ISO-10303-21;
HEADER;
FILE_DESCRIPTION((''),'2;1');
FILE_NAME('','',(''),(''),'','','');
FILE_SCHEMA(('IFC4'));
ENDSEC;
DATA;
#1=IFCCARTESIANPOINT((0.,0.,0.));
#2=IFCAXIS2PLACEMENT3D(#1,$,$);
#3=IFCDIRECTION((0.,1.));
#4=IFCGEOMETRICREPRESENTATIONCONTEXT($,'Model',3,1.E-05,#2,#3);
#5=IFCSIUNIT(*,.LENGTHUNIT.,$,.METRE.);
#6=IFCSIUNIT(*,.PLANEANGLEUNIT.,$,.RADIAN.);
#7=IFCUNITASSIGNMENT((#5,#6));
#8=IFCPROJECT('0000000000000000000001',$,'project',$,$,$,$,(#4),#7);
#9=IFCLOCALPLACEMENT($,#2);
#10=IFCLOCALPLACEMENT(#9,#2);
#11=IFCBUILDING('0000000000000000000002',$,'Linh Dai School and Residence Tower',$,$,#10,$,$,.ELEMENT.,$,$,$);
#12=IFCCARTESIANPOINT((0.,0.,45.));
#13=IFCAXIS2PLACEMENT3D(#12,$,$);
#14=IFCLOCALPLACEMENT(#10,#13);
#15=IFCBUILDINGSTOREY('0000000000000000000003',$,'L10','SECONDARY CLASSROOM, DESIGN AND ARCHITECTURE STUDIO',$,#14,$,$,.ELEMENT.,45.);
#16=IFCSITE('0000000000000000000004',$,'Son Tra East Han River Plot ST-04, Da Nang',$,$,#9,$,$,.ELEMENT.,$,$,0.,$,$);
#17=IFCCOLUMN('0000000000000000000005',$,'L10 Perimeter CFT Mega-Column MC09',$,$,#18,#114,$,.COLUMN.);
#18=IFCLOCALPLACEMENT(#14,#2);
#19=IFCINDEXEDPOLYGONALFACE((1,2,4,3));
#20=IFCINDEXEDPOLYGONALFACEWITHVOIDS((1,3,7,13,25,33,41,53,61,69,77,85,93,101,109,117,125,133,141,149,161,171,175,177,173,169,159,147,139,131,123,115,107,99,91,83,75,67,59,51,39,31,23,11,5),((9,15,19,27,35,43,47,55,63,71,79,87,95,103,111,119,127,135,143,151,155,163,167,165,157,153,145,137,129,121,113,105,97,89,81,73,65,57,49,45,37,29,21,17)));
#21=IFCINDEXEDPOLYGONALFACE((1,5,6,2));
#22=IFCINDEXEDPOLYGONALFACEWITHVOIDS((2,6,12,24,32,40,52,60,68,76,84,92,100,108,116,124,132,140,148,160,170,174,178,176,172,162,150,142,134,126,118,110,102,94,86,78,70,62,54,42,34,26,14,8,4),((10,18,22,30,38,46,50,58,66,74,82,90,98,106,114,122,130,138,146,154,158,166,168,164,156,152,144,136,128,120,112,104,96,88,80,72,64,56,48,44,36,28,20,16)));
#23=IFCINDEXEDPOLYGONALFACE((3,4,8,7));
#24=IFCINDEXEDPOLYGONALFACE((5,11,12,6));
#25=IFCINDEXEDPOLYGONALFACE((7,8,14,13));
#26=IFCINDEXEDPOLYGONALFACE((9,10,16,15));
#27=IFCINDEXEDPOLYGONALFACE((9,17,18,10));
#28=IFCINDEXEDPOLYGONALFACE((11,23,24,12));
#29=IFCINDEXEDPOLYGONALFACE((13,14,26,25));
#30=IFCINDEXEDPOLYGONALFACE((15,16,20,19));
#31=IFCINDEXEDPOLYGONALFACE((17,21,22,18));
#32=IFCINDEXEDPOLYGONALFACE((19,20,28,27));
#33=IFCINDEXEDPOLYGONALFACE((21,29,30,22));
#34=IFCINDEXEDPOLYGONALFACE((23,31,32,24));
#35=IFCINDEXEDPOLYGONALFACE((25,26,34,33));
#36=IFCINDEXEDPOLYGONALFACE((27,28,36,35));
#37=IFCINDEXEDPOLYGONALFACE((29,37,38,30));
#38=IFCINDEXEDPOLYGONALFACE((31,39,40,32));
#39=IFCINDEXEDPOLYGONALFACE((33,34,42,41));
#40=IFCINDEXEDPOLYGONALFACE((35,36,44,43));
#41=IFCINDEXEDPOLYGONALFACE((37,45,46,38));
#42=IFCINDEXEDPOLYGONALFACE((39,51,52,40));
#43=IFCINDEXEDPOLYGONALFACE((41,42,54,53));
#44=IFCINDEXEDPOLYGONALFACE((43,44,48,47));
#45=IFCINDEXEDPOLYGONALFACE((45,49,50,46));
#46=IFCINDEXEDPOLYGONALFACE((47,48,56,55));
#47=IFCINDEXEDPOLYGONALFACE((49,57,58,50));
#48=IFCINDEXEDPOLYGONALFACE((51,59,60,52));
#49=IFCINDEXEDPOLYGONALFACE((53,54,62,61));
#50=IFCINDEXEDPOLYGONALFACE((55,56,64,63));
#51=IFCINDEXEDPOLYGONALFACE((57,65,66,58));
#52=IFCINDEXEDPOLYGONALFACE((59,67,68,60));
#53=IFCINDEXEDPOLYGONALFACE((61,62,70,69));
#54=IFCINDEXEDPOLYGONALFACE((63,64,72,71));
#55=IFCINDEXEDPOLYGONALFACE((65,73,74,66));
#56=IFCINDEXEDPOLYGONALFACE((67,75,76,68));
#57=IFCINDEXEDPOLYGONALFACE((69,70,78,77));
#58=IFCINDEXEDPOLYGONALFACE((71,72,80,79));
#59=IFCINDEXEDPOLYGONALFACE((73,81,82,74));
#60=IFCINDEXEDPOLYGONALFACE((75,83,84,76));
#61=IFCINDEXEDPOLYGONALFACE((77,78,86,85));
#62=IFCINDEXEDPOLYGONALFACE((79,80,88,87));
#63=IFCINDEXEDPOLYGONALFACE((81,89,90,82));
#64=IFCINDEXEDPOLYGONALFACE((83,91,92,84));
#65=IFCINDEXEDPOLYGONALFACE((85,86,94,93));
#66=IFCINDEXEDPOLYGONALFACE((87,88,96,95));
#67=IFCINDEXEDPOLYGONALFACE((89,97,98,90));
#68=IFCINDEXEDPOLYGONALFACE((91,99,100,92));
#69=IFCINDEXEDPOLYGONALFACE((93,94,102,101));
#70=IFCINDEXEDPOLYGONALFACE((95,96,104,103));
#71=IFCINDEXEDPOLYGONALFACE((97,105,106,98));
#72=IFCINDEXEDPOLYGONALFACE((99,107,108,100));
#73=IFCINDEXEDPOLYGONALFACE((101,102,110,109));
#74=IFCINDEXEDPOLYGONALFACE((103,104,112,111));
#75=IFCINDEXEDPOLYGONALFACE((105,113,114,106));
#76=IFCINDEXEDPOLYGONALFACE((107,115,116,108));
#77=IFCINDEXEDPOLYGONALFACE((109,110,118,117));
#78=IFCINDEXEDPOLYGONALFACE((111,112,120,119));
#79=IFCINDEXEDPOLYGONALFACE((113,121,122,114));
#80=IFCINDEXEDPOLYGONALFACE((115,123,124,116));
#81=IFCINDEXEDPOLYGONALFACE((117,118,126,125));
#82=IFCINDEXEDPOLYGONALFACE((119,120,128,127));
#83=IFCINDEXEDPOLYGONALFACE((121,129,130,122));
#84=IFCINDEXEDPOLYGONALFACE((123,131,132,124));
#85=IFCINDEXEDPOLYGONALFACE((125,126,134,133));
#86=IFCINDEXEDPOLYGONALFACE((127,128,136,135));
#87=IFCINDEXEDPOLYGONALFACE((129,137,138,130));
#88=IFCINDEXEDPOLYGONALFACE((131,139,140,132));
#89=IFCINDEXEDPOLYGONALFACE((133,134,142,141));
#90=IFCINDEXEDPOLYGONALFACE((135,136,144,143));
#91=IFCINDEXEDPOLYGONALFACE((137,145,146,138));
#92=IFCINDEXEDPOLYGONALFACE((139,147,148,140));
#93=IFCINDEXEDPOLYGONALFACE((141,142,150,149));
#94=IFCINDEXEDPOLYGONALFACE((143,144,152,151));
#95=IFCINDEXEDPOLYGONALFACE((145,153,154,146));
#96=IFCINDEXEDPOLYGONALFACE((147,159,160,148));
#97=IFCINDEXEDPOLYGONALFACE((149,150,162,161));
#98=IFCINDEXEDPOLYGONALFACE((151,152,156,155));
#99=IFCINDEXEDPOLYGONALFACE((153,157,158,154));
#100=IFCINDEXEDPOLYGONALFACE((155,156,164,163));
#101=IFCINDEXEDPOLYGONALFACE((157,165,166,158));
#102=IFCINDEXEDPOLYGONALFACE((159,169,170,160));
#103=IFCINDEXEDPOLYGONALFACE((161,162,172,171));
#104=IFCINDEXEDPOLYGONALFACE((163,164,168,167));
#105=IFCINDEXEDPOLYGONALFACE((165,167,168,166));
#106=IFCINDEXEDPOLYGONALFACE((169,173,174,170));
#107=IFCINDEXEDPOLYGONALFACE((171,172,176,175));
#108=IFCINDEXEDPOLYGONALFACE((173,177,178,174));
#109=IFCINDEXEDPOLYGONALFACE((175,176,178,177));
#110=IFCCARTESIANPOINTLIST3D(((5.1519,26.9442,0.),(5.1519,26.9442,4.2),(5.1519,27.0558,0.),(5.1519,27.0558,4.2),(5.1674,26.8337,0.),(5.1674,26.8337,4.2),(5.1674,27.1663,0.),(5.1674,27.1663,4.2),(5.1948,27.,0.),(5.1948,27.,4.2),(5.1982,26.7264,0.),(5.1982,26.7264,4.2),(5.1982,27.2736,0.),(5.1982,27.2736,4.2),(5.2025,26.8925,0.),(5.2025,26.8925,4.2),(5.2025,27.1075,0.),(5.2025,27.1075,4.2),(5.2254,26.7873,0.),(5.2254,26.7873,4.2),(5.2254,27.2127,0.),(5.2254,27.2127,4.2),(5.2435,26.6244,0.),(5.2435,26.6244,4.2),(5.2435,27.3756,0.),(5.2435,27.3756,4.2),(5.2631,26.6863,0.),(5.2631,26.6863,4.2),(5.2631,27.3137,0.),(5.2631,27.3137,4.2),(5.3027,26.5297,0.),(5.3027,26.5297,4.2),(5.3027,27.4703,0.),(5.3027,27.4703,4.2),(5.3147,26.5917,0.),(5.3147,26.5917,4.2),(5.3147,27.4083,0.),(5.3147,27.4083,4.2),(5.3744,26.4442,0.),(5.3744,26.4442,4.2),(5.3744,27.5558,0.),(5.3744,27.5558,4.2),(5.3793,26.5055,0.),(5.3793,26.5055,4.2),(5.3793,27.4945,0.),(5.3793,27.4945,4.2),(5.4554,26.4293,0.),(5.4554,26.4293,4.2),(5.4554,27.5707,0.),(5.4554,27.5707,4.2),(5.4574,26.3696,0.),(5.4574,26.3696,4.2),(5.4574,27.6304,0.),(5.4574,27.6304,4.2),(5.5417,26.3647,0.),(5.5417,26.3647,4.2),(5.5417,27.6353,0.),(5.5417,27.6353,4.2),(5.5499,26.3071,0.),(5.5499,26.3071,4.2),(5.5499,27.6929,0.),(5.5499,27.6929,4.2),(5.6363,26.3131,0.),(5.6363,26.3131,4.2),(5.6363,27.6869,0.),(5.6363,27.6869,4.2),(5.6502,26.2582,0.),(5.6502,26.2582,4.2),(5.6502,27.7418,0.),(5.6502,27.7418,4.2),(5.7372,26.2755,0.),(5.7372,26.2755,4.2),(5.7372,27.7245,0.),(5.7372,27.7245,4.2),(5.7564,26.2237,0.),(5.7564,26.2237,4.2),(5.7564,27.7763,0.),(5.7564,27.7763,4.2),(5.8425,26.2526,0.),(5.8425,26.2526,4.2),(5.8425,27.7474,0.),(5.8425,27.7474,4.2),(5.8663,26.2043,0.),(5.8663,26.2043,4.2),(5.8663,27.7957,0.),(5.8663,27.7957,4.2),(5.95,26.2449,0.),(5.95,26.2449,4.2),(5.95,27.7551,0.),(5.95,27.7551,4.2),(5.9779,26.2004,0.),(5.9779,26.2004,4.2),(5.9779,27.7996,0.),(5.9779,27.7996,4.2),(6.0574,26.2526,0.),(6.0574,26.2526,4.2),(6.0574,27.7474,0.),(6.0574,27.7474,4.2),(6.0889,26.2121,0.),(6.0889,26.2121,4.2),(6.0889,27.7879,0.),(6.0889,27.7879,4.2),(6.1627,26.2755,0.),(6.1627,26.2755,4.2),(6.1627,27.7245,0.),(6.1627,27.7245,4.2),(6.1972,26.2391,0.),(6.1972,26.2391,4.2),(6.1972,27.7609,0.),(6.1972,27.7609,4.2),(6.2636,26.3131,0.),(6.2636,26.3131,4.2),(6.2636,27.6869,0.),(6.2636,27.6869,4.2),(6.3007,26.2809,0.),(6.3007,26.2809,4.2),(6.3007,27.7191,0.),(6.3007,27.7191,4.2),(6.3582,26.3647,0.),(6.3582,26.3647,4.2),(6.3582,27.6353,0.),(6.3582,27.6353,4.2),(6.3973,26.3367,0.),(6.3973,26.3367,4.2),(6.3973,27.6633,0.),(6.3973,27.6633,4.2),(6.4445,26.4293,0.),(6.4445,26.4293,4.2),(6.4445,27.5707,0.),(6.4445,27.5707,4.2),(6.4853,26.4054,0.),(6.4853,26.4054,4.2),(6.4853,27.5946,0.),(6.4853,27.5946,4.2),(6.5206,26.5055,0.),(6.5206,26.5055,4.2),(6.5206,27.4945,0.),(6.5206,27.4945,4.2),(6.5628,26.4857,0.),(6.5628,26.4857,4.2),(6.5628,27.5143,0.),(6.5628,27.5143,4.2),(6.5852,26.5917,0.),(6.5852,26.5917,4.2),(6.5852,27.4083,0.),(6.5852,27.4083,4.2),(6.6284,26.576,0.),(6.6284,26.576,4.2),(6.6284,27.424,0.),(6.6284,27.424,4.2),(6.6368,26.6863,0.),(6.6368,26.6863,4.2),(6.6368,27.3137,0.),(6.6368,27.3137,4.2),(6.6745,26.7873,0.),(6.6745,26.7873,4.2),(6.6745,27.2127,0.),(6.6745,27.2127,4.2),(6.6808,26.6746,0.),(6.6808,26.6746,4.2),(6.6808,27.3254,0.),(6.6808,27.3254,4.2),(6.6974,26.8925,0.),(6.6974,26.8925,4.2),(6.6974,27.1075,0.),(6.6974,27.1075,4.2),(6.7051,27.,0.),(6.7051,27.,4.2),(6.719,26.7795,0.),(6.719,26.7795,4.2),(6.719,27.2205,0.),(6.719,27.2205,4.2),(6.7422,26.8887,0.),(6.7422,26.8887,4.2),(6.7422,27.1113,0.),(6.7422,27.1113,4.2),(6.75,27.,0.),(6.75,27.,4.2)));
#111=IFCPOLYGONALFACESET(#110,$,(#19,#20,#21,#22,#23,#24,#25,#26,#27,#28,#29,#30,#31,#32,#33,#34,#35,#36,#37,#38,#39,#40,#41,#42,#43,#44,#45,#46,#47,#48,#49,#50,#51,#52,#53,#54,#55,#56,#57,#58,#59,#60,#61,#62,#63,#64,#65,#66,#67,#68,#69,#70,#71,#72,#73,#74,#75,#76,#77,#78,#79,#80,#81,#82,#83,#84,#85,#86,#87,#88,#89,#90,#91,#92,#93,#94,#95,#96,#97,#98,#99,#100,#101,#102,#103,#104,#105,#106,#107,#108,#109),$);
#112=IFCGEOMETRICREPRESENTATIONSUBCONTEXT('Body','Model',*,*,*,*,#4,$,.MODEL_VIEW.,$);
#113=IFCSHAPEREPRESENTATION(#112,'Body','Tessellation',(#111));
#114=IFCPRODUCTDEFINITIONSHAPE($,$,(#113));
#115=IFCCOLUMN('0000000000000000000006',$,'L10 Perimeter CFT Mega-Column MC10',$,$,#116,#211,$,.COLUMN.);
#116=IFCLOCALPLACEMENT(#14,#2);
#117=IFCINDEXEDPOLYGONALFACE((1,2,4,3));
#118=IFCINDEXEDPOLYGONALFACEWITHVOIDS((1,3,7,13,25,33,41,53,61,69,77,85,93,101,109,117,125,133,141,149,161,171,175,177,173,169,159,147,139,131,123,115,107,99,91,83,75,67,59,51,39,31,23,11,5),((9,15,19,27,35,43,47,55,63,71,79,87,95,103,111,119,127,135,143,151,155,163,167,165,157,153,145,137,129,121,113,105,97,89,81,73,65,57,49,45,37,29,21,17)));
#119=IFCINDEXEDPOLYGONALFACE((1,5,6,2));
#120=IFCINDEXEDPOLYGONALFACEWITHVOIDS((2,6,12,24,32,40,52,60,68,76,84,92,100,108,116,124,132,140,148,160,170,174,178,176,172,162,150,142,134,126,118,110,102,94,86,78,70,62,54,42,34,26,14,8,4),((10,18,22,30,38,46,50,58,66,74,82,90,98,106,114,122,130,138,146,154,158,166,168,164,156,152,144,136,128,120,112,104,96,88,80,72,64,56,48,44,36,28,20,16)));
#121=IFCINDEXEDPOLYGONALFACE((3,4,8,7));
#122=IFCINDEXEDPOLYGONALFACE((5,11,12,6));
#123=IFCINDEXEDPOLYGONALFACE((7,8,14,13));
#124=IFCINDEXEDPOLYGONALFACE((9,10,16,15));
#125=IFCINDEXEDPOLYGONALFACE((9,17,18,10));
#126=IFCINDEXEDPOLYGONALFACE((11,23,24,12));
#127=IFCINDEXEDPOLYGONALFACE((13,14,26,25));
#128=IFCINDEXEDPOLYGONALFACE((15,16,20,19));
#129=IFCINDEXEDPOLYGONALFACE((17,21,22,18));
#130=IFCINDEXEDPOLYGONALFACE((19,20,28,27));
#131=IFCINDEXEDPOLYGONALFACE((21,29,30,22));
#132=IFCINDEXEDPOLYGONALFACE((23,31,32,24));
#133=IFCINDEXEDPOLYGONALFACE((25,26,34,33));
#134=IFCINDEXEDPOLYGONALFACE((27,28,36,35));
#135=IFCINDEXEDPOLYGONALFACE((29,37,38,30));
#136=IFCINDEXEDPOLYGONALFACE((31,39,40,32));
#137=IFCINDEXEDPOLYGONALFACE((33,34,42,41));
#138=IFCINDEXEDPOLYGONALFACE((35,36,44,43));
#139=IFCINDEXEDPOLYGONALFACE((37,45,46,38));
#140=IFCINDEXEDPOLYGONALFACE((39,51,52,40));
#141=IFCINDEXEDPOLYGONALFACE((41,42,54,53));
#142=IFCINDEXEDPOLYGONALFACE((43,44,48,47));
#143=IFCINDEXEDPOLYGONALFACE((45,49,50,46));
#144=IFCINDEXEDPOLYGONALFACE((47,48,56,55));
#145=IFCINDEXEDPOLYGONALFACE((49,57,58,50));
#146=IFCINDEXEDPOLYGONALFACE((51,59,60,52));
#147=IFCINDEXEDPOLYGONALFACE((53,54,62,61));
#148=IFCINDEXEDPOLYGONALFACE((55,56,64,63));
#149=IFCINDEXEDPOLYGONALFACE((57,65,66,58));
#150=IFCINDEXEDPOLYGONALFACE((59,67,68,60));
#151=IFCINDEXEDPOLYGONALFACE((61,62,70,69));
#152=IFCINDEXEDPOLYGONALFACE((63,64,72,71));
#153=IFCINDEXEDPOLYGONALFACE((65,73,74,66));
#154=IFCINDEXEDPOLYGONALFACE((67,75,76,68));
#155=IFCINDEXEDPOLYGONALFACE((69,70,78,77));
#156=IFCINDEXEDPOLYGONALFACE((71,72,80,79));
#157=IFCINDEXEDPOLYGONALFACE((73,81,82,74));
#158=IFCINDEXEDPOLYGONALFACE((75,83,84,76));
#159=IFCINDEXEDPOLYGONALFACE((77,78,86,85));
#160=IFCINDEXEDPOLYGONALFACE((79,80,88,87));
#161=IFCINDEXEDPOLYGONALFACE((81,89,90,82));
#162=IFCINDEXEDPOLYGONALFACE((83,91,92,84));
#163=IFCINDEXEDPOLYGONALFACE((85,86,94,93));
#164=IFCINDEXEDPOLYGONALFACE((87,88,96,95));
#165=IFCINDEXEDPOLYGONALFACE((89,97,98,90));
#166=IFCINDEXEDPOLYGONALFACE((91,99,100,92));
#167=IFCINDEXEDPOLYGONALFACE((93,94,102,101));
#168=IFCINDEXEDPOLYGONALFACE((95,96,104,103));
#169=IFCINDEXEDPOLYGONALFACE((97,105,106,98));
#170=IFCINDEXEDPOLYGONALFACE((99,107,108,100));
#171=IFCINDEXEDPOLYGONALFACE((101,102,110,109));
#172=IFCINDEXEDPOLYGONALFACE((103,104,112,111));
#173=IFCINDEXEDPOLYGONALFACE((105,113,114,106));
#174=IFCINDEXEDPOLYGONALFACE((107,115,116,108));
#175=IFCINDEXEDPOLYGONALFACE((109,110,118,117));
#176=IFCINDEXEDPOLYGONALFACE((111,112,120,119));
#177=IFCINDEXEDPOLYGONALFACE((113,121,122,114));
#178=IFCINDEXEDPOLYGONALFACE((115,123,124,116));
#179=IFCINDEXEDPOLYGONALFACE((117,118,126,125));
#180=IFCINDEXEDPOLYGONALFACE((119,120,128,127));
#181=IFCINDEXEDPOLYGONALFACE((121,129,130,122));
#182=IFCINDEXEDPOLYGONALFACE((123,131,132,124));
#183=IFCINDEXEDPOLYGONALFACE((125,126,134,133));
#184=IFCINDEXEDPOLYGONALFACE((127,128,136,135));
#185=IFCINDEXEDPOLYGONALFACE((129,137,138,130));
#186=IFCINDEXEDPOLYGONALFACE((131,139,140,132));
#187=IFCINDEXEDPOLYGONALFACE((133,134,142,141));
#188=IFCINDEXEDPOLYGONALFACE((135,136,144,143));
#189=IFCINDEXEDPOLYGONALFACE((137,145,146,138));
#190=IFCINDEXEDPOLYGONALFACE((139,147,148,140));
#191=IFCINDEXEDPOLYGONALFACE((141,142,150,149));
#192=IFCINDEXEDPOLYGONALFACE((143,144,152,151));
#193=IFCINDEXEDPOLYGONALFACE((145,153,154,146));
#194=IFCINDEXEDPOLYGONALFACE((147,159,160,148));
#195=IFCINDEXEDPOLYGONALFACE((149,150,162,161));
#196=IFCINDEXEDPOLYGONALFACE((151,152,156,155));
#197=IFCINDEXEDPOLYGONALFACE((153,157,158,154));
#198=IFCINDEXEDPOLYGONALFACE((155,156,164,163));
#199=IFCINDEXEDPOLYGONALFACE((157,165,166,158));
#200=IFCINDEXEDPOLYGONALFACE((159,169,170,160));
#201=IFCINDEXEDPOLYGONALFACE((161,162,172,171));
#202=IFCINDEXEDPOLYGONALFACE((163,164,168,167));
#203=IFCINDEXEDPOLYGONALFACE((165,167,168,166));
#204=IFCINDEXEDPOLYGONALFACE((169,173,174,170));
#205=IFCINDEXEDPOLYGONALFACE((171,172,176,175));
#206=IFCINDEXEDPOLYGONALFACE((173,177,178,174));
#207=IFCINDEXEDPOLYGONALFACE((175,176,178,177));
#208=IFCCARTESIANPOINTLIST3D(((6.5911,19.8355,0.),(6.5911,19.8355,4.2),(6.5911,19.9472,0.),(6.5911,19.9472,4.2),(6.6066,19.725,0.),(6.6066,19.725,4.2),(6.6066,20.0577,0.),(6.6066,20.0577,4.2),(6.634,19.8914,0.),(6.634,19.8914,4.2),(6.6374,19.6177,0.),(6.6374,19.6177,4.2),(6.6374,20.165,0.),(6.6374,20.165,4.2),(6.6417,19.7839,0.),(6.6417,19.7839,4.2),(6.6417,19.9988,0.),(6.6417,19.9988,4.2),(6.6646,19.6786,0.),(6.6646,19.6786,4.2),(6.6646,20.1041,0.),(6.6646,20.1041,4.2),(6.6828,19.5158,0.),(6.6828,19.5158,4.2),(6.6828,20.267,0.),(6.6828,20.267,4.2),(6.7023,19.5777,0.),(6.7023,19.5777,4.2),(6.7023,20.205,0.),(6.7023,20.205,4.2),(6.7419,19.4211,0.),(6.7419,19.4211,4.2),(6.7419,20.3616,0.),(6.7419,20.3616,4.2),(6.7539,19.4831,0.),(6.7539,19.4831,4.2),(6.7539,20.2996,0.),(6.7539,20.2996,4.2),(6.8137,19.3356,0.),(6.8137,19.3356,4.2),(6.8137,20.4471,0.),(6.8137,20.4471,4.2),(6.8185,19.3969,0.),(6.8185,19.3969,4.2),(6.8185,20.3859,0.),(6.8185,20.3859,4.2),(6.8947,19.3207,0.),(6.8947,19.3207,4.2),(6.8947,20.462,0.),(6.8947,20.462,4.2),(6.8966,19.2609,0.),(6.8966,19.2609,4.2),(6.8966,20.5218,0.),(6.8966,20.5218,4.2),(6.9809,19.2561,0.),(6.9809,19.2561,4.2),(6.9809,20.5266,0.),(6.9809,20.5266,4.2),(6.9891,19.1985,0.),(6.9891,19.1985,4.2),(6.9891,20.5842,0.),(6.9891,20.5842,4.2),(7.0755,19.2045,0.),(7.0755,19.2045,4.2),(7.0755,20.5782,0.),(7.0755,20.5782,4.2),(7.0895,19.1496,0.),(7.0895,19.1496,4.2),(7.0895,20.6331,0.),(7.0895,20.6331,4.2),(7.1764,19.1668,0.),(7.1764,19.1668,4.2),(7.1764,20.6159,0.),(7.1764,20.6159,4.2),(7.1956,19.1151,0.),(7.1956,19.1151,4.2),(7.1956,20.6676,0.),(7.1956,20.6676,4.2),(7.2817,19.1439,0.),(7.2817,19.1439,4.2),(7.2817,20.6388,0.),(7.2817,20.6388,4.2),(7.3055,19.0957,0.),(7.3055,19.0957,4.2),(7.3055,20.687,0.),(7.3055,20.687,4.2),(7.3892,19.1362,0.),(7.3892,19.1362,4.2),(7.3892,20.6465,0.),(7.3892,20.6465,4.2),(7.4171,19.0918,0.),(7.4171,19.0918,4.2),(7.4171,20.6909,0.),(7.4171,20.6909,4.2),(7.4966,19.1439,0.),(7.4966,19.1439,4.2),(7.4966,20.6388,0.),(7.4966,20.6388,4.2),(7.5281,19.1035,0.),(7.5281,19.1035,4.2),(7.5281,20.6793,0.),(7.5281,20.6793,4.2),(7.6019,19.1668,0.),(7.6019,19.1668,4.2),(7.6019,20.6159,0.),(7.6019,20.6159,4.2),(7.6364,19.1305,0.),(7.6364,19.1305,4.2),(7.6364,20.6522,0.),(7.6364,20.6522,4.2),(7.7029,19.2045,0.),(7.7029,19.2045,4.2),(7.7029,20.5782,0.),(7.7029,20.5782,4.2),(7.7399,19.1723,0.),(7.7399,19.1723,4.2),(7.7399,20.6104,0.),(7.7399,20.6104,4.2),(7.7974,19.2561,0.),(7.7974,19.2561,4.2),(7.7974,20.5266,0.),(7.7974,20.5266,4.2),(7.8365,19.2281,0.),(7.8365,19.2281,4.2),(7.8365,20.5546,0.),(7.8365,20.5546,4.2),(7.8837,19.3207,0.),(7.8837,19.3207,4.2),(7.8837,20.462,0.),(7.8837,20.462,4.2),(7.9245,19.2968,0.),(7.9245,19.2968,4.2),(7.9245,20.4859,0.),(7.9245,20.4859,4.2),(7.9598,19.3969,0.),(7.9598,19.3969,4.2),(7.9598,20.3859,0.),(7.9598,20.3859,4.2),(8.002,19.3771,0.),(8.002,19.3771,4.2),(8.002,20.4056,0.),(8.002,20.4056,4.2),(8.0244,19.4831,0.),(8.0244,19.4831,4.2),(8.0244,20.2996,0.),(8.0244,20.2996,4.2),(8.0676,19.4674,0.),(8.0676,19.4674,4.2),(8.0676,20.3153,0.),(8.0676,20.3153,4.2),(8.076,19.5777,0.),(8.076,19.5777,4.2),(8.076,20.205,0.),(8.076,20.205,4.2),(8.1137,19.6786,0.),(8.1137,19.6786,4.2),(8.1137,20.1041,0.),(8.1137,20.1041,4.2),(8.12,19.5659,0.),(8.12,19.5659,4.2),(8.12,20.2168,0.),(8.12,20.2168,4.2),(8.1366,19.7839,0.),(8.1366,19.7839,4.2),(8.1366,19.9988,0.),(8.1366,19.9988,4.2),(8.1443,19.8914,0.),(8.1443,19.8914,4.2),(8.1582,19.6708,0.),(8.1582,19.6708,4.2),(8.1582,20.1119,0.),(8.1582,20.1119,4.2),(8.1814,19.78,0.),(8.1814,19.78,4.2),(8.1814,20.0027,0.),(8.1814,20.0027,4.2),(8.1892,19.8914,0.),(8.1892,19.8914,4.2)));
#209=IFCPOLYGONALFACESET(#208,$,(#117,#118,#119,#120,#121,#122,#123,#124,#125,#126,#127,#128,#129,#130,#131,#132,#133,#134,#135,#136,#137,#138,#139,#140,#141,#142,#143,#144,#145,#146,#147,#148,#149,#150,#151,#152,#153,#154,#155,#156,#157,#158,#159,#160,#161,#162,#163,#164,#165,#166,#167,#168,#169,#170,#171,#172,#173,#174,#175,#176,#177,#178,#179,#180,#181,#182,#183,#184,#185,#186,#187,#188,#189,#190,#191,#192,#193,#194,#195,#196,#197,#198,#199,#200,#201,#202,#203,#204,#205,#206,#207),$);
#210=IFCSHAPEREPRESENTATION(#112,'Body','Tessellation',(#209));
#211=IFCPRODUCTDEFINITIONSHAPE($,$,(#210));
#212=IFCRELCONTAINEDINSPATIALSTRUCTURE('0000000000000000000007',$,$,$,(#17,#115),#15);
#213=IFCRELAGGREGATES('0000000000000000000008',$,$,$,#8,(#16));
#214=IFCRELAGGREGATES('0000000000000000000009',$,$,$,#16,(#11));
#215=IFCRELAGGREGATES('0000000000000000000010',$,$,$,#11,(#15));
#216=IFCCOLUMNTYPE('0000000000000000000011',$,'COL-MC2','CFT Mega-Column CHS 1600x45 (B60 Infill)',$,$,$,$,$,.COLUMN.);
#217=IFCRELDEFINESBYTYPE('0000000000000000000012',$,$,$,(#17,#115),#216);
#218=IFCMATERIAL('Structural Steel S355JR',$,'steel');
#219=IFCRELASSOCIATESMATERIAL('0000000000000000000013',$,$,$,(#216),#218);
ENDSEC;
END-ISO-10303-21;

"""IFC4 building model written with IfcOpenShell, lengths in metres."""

from ifc_helpers import new_model, si_unit, direction, frame, origin, origin_2d, place, context, subcontext, project, spatial, hollow_circle, extrude, material, material_profile, profile_set, type_object, element, save


model = new_model("IFC4")

# Units and contexts
model_context = context("Model", 3, precision=1e-05, world=origin(), true_north=direction((0.0, 1.0)))
body_context = subcontext(model_context, "Body", "Model", "MODEL_VIEW")
ifc_project = project(units=[si_unit("LENGTHUNIT", "METRE"), si_unit("PLANEANGLEUNIT", "RADIAN")], contexts=[model_context])

# Site, building, storey
site_placement = place(None, origin())
site = spatial("IfcSite", under=ifc_project, at=site_placement, Name="Son Tra East Han River Plot ST-04, Da Nang", CompositionType="ELEMENT", RefElevation=0.0)
building_placement = place(site_placement, origin())
building = spatial("IfcBuilding", under=site, at=building_placement, Name="Linh Dai School and Residence Tower", CompositionType="ELEMENT")
storey_placement = place(building_placement, frame((0.0, 0.0, 45.0)))
storey = spatial("IfcBuildingStorey", under=building, at=storey_placement, Name="L10", Description="SECONDARY CLASSROOM, DESIGN AND ARCHITECTURE STUDIO", CompositionType="ELEMENT", Elevation=45.0)

# Columns
ifc_material_1 = material(Name="Structural Steel S355JR", Category="steel")
ifc_material_profile_1 = material_profile(ifc_material_1, hollow_circle(Radius=0.8, WallThickness=0.0449, at=origin_2d()), Name="CHS 1600x45")
ifc_profile_set_1 = profile_set([ifc_material_profile_1], Name="Structural Steel S355JR")
column_type = type_object("IfcColumnType", Name="COL-MC2", Description="CFT Mega-Column CHS 1600x45 (B60 Infill)", PredefinedType="COLUMN", material=ifc_profile_set_1)
for number, where, z_axis, x_axis, name in (
    (1, (5.95, 27.0, 0.0), (0.0, 0.0, 1.0), (1.0, 0.0, 0.0), "L10 Perimeter CFT Mega-Column MC09"),
    (2, (7.3892, 19.8914, 0.0), (0.0, 0.0, 1.0), (1.0, 0.0, 0.0), "L10 Perimeter CFT Mega-Column MC10"),
):
    element("IfcColumn", number, at=place(storey_placement, frame(where, z_axis=z_axis, x_axis=x_axis)), inside=storey, type_object=column_type, Name=name, PredefinedType="COLUMN", context=body_context, shape_type="SweptSolid", body=[
        extrude(hollow_circle(Radius=0.8, WallThickness=0.0449, at=origin_2d()), origin(), (0.0, 0.0, 1.0), 4.2),
    ])

save(model, "model.ifc")
